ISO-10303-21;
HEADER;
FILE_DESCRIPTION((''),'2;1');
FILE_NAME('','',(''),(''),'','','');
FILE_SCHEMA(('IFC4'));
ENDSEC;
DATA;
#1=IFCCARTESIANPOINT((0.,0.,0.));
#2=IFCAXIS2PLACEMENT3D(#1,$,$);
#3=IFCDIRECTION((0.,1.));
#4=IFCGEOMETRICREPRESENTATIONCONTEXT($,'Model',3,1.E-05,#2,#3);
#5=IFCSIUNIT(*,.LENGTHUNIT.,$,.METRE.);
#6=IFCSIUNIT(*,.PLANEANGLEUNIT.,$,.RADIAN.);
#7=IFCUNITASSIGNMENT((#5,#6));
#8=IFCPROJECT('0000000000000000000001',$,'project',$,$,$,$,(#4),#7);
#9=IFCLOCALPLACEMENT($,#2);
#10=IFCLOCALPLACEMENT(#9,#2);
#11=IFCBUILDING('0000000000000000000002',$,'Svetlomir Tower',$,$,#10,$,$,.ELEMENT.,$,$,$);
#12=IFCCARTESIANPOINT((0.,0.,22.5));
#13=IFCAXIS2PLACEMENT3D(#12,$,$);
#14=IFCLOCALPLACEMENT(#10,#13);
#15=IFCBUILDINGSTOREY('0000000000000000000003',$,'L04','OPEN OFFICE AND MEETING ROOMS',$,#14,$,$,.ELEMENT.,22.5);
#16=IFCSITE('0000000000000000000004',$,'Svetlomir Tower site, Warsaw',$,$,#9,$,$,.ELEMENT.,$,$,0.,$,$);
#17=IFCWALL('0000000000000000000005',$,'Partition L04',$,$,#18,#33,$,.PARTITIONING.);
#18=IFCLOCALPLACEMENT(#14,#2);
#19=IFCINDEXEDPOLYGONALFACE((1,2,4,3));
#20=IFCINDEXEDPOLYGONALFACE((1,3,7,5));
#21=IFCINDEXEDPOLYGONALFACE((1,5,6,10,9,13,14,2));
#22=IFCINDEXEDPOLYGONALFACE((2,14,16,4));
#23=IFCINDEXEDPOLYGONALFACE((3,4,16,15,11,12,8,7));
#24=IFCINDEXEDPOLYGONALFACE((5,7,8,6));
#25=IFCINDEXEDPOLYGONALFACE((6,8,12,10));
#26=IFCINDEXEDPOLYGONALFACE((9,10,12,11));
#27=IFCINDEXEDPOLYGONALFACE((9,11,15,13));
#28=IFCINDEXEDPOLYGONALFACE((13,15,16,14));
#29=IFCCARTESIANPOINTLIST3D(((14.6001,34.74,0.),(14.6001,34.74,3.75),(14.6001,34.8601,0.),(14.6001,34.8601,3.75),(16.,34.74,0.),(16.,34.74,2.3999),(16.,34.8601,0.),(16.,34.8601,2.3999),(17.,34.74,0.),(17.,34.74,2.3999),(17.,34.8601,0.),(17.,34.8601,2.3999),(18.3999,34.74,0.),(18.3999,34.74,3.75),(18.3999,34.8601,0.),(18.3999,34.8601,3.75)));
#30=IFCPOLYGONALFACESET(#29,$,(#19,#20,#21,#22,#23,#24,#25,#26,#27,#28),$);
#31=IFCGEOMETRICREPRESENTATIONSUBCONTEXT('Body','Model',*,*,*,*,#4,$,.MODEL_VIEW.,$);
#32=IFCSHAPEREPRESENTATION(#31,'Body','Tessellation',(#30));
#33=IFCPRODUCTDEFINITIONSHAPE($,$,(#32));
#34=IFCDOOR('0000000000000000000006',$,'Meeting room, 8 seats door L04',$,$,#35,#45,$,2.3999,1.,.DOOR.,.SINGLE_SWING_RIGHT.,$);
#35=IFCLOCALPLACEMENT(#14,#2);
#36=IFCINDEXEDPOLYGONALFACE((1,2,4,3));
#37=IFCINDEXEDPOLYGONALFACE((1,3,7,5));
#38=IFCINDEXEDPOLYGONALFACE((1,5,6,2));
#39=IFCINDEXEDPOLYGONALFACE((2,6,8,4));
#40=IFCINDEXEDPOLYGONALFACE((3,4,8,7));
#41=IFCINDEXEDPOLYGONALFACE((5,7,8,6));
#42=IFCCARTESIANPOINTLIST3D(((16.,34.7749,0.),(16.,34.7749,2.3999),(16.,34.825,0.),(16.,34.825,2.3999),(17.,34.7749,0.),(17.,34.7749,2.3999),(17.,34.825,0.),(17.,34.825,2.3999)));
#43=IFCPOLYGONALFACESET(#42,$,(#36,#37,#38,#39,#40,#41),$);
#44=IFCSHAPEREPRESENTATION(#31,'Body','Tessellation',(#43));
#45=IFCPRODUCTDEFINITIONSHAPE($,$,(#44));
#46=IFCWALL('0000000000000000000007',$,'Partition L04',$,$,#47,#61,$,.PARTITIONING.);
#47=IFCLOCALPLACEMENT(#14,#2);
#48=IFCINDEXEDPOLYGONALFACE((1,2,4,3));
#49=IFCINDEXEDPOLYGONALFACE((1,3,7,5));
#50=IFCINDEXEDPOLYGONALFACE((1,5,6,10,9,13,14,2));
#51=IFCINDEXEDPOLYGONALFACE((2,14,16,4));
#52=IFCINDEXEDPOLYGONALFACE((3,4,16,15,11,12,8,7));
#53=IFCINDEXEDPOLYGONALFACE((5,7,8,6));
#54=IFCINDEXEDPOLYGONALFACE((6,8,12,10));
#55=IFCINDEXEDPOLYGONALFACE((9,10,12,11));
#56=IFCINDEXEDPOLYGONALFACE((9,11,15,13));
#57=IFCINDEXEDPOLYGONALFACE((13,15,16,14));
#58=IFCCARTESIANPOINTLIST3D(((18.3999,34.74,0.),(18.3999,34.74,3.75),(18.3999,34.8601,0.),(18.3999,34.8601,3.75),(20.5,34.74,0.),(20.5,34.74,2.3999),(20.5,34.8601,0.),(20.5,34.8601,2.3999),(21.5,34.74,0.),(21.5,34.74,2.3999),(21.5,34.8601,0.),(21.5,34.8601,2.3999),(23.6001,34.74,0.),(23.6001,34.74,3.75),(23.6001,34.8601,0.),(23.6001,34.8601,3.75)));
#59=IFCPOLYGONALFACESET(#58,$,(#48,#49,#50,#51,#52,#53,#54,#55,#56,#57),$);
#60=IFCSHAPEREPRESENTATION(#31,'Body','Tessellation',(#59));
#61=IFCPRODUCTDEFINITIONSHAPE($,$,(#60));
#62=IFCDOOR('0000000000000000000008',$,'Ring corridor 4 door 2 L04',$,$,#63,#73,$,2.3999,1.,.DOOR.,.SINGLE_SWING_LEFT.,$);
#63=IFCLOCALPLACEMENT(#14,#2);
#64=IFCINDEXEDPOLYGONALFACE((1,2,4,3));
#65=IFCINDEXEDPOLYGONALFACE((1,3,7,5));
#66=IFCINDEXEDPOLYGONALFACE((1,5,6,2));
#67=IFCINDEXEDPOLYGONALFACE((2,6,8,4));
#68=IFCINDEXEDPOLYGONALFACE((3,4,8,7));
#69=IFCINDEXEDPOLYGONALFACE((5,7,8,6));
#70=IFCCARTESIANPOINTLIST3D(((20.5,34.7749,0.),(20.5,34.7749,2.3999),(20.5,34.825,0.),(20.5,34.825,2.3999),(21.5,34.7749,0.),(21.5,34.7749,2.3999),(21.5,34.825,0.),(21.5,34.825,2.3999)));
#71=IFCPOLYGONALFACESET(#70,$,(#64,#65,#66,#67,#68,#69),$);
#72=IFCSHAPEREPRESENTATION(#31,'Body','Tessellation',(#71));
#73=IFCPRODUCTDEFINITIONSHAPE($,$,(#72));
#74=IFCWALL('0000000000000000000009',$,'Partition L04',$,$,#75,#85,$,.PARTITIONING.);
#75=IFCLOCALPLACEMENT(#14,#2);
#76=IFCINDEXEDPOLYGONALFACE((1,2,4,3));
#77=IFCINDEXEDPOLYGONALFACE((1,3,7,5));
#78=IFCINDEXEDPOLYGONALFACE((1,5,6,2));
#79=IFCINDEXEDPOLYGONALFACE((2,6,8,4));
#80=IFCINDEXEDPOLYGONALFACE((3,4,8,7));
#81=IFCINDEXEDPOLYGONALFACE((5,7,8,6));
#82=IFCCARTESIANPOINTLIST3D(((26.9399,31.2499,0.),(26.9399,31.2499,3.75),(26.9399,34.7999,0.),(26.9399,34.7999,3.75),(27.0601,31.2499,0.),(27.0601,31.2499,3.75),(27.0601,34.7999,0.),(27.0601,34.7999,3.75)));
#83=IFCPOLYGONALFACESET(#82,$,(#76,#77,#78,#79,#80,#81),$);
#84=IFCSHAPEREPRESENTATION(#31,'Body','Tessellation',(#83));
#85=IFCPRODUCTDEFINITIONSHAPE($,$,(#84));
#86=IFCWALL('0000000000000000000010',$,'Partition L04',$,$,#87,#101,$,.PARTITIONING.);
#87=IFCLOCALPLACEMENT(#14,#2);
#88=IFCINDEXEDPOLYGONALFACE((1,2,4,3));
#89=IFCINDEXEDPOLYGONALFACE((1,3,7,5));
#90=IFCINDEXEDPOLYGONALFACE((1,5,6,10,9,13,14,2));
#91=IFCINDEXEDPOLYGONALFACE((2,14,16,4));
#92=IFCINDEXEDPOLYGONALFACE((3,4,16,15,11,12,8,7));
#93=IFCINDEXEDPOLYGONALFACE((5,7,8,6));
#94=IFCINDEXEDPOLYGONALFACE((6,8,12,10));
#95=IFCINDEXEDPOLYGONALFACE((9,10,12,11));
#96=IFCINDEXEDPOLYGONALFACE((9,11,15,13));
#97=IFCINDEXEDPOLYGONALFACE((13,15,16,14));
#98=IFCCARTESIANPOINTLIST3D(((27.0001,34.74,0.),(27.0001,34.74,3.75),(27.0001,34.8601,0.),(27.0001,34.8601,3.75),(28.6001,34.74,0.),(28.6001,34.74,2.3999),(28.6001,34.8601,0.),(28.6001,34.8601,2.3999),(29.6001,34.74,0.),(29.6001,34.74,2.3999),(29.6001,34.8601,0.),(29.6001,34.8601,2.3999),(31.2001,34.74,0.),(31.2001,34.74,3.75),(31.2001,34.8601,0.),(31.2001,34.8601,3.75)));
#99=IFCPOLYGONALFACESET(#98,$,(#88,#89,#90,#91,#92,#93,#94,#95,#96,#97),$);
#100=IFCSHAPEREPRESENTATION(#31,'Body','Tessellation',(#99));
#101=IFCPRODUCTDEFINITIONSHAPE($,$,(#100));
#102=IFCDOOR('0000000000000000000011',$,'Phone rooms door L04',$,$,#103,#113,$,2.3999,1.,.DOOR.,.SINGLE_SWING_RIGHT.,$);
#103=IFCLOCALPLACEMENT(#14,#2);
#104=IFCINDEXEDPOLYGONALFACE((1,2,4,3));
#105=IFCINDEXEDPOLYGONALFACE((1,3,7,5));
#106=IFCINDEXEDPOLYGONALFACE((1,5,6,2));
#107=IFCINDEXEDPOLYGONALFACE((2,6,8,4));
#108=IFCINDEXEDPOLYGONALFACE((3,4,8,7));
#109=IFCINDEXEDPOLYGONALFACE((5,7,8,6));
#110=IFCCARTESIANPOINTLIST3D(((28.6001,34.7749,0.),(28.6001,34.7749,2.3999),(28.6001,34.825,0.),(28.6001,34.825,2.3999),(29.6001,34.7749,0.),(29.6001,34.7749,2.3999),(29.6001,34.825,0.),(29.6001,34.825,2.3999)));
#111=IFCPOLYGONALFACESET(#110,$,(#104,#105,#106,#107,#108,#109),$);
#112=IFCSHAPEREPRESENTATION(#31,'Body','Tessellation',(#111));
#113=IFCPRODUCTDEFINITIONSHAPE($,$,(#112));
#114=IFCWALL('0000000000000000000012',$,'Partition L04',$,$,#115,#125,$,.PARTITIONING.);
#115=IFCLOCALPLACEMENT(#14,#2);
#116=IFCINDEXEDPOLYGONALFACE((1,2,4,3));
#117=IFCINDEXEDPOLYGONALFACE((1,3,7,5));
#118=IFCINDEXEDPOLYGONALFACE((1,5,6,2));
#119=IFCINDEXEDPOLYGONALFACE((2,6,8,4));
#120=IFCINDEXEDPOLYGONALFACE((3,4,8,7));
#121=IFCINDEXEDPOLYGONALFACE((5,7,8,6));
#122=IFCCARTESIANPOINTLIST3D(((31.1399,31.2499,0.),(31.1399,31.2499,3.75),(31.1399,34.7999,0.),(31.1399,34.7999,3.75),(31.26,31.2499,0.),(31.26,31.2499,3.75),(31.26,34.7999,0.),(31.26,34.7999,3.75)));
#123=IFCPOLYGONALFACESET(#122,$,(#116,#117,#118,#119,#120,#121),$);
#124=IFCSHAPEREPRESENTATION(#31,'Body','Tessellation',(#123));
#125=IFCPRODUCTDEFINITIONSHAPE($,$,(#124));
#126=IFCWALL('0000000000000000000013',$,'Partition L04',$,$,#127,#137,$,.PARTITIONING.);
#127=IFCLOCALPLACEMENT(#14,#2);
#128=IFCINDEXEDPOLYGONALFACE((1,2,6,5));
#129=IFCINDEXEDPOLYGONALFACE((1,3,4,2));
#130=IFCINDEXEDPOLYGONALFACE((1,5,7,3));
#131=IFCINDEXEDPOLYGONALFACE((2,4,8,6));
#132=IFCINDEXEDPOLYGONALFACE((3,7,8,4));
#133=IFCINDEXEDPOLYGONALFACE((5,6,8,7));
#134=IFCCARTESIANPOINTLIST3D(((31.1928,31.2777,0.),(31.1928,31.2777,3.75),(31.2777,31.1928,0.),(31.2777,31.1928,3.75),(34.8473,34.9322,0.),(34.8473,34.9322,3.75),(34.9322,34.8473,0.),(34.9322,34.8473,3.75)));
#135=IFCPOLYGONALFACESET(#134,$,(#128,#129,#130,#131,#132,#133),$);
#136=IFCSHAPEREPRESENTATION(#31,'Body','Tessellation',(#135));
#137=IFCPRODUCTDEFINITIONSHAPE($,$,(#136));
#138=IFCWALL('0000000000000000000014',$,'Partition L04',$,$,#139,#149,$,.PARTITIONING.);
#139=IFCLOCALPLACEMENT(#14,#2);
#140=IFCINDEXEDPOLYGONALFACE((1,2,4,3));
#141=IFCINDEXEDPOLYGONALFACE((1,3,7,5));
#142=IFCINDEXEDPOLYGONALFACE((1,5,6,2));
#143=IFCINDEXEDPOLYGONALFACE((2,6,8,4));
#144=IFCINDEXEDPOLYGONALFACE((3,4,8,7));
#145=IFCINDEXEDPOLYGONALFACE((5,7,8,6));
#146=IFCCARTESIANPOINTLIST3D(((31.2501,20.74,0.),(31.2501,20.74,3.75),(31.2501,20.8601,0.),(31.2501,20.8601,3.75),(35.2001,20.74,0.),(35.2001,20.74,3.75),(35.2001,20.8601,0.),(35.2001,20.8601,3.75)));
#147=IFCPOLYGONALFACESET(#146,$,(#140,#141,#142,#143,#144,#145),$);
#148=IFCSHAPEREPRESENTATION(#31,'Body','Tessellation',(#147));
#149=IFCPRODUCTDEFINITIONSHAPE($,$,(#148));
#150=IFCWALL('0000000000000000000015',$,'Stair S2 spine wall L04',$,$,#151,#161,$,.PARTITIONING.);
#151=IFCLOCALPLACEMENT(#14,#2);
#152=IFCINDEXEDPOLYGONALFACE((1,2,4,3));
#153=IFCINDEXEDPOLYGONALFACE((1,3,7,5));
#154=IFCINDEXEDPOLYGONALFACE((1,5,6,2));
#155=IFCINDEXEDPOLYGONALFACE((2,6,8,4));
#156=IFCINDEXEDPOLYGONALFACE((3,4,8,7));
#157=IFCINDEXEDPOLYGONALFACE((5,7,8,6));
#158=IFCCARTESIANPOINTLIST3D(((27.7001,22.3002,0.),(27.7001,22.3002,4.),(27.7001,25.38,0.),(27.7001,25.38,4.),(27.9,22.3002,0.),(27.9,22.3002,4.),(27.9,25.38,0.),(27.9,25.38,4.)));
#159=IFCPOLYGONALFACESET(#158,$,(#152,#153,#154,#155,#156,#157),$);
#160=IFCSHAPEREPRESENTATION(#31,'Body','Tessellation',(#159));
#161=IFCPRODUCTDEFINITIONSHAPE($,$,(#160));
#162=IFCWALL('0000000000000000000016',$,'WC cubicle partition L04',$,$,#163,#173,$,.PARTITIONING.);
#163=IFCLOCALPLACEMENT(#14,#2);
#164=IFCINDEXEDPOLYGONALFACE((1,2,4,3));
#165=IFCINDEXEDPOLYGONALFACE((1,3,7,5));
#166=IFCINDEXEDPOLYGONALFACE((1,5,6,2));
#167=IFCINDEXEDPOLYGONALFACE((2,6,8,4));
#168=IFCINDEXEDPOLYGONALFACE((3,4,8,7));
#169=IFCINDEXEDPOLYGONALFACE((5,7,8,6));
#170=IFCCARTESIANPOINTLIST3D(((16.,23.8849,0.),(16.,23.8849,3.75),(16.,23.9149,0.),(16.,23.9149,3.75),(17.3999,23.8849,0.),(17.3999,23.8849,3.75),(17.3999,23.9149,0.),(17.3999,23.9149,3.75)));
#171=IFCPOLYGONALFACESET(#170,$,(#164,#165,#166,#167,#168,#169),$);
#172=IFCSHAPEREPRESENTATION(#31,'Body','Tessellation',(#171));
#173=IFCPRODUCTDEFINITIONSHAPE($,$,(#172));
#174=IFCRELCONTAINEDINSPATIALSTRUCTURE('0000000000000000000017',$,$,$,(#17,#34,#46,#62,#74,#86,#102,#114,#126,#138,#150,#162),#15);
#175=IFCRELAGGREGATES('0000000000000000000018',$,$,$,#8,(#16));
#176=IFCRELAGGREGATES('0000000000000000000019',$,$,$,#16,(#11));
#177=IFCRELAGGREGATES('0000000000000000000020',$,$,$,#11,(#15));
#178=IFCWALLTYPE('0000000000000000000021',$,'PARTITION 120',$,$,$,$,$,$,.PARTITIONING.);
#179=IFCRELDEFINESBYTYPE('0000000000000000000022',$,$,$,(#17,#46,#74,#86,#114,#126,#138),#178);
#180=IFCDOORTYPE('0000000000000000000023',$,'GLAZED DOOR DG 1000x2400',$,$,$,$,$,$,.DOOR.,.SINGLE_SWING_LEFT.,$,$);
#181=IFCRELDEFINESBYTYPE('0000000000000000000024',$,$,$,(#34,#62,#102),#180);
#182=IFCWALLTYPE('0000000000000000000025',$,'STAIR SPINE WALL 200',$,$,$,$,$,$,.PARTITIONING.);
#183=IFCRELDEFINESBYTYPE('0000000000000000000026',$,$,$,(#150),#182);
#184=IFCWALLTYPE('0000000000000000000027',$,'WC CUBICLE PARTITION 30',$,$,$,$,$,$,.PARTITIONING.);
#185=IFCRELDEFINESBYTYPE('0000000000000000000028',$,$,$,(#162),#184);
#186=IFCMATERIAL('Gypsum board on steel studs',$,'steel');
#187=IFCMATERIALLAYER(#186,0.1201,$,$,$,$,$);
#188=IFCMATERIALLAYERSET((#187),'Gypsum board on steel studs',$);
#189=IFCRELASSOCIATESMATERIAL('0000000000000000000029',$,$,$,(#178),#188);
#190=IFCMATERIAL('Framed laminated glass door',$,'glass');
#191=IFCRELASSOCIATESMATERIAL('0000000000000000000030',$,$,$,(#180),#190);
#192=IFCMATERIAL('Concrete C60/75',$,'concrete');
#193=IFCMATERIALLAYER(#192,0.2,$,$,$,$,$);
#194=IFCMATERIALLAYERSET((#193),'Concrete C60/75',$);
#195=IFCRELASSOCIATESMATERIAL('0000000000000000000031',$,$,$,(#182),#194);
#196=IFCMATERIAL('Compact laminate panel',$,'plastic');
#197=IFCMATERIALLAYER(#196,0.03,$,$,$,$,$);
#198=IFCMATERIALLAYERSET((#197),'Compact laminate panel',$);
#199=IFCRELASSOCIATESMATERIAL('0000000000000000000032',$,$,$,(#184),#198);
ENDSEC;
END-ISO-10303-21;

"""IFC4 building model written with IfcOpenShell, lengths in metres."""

from ifc_helpers import new_model, si_unit, direction, frame, frame_2d, origin, place, context, subcontext, project, spatial, rectangle, extrude, material, layer, layer_set, type_object, element, fill, save


model = new_model("IFC4")

# Units and contexts
model_context = context("Model", 3, precision=1e-05, world=origin(), true_north=direction((0.0, 1.0)))
body_context = subcontext(model_context, "Body", "Model", "MODEL_VIEW")
ifc_project = project(units=[si_unit("LENGTHUNIT", "METRE"), si_unit("PLANEANGLEUNIT", "RADIAN")], contexts=[model_context])

# Site, building, storey
site_placement = place(None, origin())
site = spatial("IfcSite", under=ifc_project, at=site_placement, Name="Svetlomir Tower site, Warsaw", CompositionType="ELEMENT", RefElevation=0.0)
building_placement = place(site_placement, origin())
building = spatial("IfcBuilding", under=site, at=building_placement, Name="Svetlomir Tower", CompositionType="ELEMENT")
storey_placement = place(building_placement, frame((0.0, 0.0, 22.5)))
storey = spatial("IfcBuildingStorey", under=building, at=storey_placement, Name="L04", Description="OPEN OFFICE AND MEETING ROOMS", CompositionType="ELEMENT", Elevation=22.5)

# Shared definitions
ifc_material_1 = material(Name="Gypsum board on steel studs", Category="steel")
ifc_layer_1 = layer(ifc_material_1, 0.1201)
ifc_layer_set_1 = layer_set([ifc_layer_1], Name="Gypsum board on steel studs")
wall_type_1 = type_object("IfcWallType", Name="PARTITION 120", PredefinedType="PARTITIONING", material=ifc_layer_set_1)

# Walls, openings, doors
wall_1_placement = place(storey_placement, frame((14.6001, 34.8, 0.0), z_axis=(0.0, 0.0, 1.0), x_axis=(1.0, 0.0, 0.0)))
wall_1 = element("IfcWall", 1, at=wall_1_placement, inside=storey, type_object=wall_type_1, Name="Partition L04", PredefinedType="PARTITIONING", context=body_context, shape_type="SweptSolid", body=[
    extrude(rectangle(XDim=3.7998, YDim=0.1201, at=frame_2d((1.8999, 0.0))), origin(), (0.0, 0.0, 1.0), 3.75),
])
opening_1_placement = place(wall_1_placement, frame((1.3999, 0.0, 0.0)))
opening_1 = element("IfcOpeningElement", 2, at=opening_1_placement, cuts=wall_1, PredefinedType="OPENING", context=body_context, shape_type="SweptSolid", body=[
    extrude(rectangle(XDim=1.0, YDim=2.3999, at=frame_2d((0.5, 1.2))), frame((0.0, 0.0701, 0.0), z_axis=(0.0, -1.0, 0.0), x_axis=(1.0, 0.0, 0.0)), (0.0, 0.0, 1.0), 0.1401),
])
ifc_material_2 = material(Name="Framed laminated glass door", Category="glass")
door_type_1 = type_object("IfcDoorType", Name="GLAZED DOOR DG 1000x2400", OperationType="SINGLE_SWING_LEFT", PredefinedType="DOOR", material=ifc_material_2)
door_1_placement = place(opening_1_placement, origin())
door_1 = element("IfcDoor", 3, at=door_1_placement, inside=storey, type_object=door_type_1, Name="Meeting room, 8 seats door L04", OperationType="SINGLE_SWING_RIGHT", OverallHeight=2.3999, OverallWidth=1.0, PredefinedType="DOOR", context=body_context, shape_type="SweptSolid", body=[
    extrude(rectangle(XDim=1.0, YDim=2.3999, at=frame_2d((0.5, 1.2))), frame((0.0, 0.0249, 0.0), z_axis=(0.0, -1.0, 0.0), x_axis=(1.0, 0.0, 0.0)), (0.0, 0.0, 1.0), 0.05),
])
fill(opening_1, door_1)
wall_2_placement = place(storey_placement, frame((18.3999, 34.8, 0.0), z_axis=(0.0, 0.0, 1.0), x_axis=(1.0, 0.0, 0.0)))
wall_2 = element("IfcWall", 4, at=wall_2_placement, inside=storey, type_object=wall_type_1, Name="Partition L04", PredefinedType="PARTITIONING", context=body_context, shape_type="SweptSolid", body=[
    extrude(rectangle(XDim=5.2002, YDim=0.1201, at=frame_2d((2.6001, 0.0))), origin(), (0.0, 0.0, 1.0), 3.75),
])
opening_2_placement = place(wall_2_placement, frame((2.1001, 0.0, 0.0)))
opening_2 = element("IfcOpeningElement", 5, at=opening_2_placement, cuts=wall_2, PredefinedType="OPENING", context=body_context, shape_type="SweptSolid", body=[
    extrude(rectangle(XDim=1.0, YDim=2.3999, at=frame_2d((0.5, 1.2))), frame((0.0, 0.0701, 0.0), z_axis=(0.0, -1.0, 0.0), x_axis=(1.0, 0.0, 0.0)), (0.0, 0.0, 1.0), 0.1401),
])
door_2_placement = place(opening_2_placement, origin())
door_2 = element("IfcDoor", 6, at=door_2_placement, inside=storey, type_object=door_type_1, Name="Ring corridor 4 door 2 L04", OperationType="SINGLE_SWING_LEFT", OverallHeight=2.3999, OverallWidth=1.0, PredefinedType="DOOR", context=body_context, shape_type="SweptSolid", body=[
    extrude(rectangle(XDim=1.0, YDim=2.3999, at=frame_2d((0.5, 1.2))), frame((0.0, 0.0249, 0.0), z_axis=(0.0, -1.0, 0.0), x_axis=(1.0, 0.0, 0.0)), (0.0, 0.0, 1.0), 0.05),
])
fill(opening_2, door_2)

# Wall
wall_3_placement = place(storey_placement, frame((27.0, 31.25, 0.0), z_axis=(0.0, 0.0, 1.0), x_axis=(0.0, 1.0, 0.0)))
element("IfcWall", 7, at=wall_3_placement, inside=storey, type_object=wall_type_1, Name="Partition L04", PredefinedType="PARTITIONING", context=body_context, shape_type="SweptSolid", body=[
    extrude(rectangle(XDim=3.55, YDim=0.1201, at=frame_2d((1.7749, 0.0))), origin(), (0.0, 0.0, 1.0), 3.75),
])

# Wall, opening, door
wall_4_placement = place(storey_placement, frame((27.0, 34.8, 0.0), z_axis=(0.0, 0.0, 1.0), x_axis=(1.0, 0.0, 0.0)))
wall_4 = element("IfcWall", 8, at=wall_4_placement, inside=storey, type_object=wall_type_1, Name="Partition L04", PredefinedType="PARTITIONING", context=body_context, shape_type="SweptSolid", body=[
    extrude(rectangle(XDim=4.2, YDim=0.1201, at=frame_2d((2.1001, 0.0))), origin(), (0.0, 0.0, 1.0), 3.75),
])
opening_3_placement = place(wall_4_placement, frame((1.6001, 0.0, 0.0)))
opening_3 = element("IfcOpeningElement", 9, at=opening_3_placement, cuts=wall_4, PredefinedType="OPENING", context=body_context, shape_type="SweptSolid", body=[
    extrude(rectangle(XDim=1.0, YDim=2.3999, at=frame_2d((0.5, 1.2))), frame((0.0, 0.0701, 0.0), z_axis=(0.0, -1.0, 0.0), x_axis=(1.0, 0.0, 0.0)), (0.0, 0.0, 1.0), 0.1401),
])
door_3_placement = place(opening_3_placement, origin())
door_3 = element("IfcDoor", 10, at=door_3_placement, inside=storey, type_object=door_type_1, Name="Phone rooms door L04", OperationType="SINGLE_SWING_RIGHT", OverallHeight=2.3999, OverallWidth=1.0, PredefinedType="DOOR", context=body_context, shape_type="SweptSolid", body=[
    extrude(rectangle(XDim=1.0, YDim=2.3999, at=frame_2d((0.5, 1.2))), frame((0.0, 0.0249, 0.0), z_axis=(0.0, -1.0, 0.0), x_axis=(1.0, 0.0, 0.0)), (0.0, 0.0, 1.0), 0.05),
])
fill(opening_3, door_3)

# Walls
wall_5_placement = place(storey_placement, frame((31.2, 31.25, 0.0), z_axis=(0.0, 0.0, 1.0), x_axis=(0.0, 1.0, 0.0)))
element("IfcWall", 11, at=wall_5_placement, inside=storey, type_object=wall_type_1, Name="Partition L04", PredefinedType="PARTITIONING", context=body_context, shape_type="SweptSolid", body=[
    extrude(rectangle(XDim=3.55, YDim=0.1201, at=frame_2d((1.7749, 0.0))), origin(), (0.0, 0.0, 1.0), 3.75),
])
wall_6_placement = place(storey_placement, frame((31.2354, 31.2354, 0.0), z_axis=(0.0, 0.0, 1.0), x_axis=(0.707107, 0.707107, 0.0)))
element("IfcWall", 12, at=wall_6_placement, inside=storey, type_object=wall_type_1, Name="Partition L04", PredefinedType="PARTITIONING", context=body_context, shape_type="SweptSolid", body=[
    extrude(rectangle(XDim=5.1682, YDim=0.1201, at=frame_2d((2.584, 0.0))), origin(), (0.0, 0.0, 1.0), 3.75),
])
wall_7_placement = place(storey_placement, frame((31.25, 20.8, 0.0), z_axis=(0.0, 0.0, 1.0), x_axis=(1.0, 0.0, 0.0)))
element("IfcWall", 13, at=wall_7_placement, inside=storey, type_object=wall_type_1, Name="Partition L04", PredefinedType="PARTITIONING", context=body_context, shape_type="SweptSolid", body=[
    extrude(rectangle(XDim=3.95, YDim=0.1201, at=frame_2d((1.9751, 0.0))), origin(), (0.0, 0.0, 1.0), 3.75),
])
ifc_material_3 = material(Name="Concrete C60/75", Category="concrete")
ifc_layer_2 = layer(ifc_material_3, 0.2)
ifc_layer_set_2 = layer_set([ifc_layer_2], Name="Concrete C60/75")
wall_type_2 = type_object("IfcWallType", Name="STAIR SPINE WALL 200", PredefinedType="PARTITIONING", material=ifc_layer_set_2)
wall_8_placement = place(storey_placement, frame((27.8, 22.3, 0.0), z_axis=(0.0, 0.0, 1.0), x_axis=(0.0, 1.0, 0.0)))
element("IfcWall", 14, at=wall_8_placement, inside=storey, type_object=wall_type_2, Name="Stair S2 spine wall L04", PredefinedType="PARTITIONING", context=body_context, shape_type="SweptSolid", body=[
    extrude(rectangle(XDim=3.0798, YDim=0.2, at=frame_2d((1.54, 0.0))), origin(), (0.0, 0.0, 1.0), 4.0),
])
ifc_material_4 = material(Name="Compact laminate panel", Category="plastic")
ifc_layer_3 = layer(ifc_material_4, 0.03)
ifc_layer_set_3 = layer_set([ifc_layer_3], Name="Compact laminate panel")
wall_type_3 = type_object("IfcWallType", Name="WC CUBICLE PARTITION 30", PredefinedType="PARTITIONING", material=ifc_layer_set_3)
wall_9_placement = place(storey_placement, frame((16.0, 23.8999, 0.0), z_axis=(0.0, 0.0, 1.0), x_axis=(1.0, 0.0, 0.0)))
element("IfcWall", 15, at=wall_9_placement, inside=storey, type_object=wall_type_3, Name="WC cubicle partition L04", PredefinedType="PARTITIONING", context=body_context, shape_type="SweptSolid", body=[
    extrude(rectangle(XDim=1.3999, YDim=0.03, at=frame_2d((0.7, 0.0))), origin(), (0.0, 0.0, 1.0), 3.75),
])

save(model, "model.ifc")
